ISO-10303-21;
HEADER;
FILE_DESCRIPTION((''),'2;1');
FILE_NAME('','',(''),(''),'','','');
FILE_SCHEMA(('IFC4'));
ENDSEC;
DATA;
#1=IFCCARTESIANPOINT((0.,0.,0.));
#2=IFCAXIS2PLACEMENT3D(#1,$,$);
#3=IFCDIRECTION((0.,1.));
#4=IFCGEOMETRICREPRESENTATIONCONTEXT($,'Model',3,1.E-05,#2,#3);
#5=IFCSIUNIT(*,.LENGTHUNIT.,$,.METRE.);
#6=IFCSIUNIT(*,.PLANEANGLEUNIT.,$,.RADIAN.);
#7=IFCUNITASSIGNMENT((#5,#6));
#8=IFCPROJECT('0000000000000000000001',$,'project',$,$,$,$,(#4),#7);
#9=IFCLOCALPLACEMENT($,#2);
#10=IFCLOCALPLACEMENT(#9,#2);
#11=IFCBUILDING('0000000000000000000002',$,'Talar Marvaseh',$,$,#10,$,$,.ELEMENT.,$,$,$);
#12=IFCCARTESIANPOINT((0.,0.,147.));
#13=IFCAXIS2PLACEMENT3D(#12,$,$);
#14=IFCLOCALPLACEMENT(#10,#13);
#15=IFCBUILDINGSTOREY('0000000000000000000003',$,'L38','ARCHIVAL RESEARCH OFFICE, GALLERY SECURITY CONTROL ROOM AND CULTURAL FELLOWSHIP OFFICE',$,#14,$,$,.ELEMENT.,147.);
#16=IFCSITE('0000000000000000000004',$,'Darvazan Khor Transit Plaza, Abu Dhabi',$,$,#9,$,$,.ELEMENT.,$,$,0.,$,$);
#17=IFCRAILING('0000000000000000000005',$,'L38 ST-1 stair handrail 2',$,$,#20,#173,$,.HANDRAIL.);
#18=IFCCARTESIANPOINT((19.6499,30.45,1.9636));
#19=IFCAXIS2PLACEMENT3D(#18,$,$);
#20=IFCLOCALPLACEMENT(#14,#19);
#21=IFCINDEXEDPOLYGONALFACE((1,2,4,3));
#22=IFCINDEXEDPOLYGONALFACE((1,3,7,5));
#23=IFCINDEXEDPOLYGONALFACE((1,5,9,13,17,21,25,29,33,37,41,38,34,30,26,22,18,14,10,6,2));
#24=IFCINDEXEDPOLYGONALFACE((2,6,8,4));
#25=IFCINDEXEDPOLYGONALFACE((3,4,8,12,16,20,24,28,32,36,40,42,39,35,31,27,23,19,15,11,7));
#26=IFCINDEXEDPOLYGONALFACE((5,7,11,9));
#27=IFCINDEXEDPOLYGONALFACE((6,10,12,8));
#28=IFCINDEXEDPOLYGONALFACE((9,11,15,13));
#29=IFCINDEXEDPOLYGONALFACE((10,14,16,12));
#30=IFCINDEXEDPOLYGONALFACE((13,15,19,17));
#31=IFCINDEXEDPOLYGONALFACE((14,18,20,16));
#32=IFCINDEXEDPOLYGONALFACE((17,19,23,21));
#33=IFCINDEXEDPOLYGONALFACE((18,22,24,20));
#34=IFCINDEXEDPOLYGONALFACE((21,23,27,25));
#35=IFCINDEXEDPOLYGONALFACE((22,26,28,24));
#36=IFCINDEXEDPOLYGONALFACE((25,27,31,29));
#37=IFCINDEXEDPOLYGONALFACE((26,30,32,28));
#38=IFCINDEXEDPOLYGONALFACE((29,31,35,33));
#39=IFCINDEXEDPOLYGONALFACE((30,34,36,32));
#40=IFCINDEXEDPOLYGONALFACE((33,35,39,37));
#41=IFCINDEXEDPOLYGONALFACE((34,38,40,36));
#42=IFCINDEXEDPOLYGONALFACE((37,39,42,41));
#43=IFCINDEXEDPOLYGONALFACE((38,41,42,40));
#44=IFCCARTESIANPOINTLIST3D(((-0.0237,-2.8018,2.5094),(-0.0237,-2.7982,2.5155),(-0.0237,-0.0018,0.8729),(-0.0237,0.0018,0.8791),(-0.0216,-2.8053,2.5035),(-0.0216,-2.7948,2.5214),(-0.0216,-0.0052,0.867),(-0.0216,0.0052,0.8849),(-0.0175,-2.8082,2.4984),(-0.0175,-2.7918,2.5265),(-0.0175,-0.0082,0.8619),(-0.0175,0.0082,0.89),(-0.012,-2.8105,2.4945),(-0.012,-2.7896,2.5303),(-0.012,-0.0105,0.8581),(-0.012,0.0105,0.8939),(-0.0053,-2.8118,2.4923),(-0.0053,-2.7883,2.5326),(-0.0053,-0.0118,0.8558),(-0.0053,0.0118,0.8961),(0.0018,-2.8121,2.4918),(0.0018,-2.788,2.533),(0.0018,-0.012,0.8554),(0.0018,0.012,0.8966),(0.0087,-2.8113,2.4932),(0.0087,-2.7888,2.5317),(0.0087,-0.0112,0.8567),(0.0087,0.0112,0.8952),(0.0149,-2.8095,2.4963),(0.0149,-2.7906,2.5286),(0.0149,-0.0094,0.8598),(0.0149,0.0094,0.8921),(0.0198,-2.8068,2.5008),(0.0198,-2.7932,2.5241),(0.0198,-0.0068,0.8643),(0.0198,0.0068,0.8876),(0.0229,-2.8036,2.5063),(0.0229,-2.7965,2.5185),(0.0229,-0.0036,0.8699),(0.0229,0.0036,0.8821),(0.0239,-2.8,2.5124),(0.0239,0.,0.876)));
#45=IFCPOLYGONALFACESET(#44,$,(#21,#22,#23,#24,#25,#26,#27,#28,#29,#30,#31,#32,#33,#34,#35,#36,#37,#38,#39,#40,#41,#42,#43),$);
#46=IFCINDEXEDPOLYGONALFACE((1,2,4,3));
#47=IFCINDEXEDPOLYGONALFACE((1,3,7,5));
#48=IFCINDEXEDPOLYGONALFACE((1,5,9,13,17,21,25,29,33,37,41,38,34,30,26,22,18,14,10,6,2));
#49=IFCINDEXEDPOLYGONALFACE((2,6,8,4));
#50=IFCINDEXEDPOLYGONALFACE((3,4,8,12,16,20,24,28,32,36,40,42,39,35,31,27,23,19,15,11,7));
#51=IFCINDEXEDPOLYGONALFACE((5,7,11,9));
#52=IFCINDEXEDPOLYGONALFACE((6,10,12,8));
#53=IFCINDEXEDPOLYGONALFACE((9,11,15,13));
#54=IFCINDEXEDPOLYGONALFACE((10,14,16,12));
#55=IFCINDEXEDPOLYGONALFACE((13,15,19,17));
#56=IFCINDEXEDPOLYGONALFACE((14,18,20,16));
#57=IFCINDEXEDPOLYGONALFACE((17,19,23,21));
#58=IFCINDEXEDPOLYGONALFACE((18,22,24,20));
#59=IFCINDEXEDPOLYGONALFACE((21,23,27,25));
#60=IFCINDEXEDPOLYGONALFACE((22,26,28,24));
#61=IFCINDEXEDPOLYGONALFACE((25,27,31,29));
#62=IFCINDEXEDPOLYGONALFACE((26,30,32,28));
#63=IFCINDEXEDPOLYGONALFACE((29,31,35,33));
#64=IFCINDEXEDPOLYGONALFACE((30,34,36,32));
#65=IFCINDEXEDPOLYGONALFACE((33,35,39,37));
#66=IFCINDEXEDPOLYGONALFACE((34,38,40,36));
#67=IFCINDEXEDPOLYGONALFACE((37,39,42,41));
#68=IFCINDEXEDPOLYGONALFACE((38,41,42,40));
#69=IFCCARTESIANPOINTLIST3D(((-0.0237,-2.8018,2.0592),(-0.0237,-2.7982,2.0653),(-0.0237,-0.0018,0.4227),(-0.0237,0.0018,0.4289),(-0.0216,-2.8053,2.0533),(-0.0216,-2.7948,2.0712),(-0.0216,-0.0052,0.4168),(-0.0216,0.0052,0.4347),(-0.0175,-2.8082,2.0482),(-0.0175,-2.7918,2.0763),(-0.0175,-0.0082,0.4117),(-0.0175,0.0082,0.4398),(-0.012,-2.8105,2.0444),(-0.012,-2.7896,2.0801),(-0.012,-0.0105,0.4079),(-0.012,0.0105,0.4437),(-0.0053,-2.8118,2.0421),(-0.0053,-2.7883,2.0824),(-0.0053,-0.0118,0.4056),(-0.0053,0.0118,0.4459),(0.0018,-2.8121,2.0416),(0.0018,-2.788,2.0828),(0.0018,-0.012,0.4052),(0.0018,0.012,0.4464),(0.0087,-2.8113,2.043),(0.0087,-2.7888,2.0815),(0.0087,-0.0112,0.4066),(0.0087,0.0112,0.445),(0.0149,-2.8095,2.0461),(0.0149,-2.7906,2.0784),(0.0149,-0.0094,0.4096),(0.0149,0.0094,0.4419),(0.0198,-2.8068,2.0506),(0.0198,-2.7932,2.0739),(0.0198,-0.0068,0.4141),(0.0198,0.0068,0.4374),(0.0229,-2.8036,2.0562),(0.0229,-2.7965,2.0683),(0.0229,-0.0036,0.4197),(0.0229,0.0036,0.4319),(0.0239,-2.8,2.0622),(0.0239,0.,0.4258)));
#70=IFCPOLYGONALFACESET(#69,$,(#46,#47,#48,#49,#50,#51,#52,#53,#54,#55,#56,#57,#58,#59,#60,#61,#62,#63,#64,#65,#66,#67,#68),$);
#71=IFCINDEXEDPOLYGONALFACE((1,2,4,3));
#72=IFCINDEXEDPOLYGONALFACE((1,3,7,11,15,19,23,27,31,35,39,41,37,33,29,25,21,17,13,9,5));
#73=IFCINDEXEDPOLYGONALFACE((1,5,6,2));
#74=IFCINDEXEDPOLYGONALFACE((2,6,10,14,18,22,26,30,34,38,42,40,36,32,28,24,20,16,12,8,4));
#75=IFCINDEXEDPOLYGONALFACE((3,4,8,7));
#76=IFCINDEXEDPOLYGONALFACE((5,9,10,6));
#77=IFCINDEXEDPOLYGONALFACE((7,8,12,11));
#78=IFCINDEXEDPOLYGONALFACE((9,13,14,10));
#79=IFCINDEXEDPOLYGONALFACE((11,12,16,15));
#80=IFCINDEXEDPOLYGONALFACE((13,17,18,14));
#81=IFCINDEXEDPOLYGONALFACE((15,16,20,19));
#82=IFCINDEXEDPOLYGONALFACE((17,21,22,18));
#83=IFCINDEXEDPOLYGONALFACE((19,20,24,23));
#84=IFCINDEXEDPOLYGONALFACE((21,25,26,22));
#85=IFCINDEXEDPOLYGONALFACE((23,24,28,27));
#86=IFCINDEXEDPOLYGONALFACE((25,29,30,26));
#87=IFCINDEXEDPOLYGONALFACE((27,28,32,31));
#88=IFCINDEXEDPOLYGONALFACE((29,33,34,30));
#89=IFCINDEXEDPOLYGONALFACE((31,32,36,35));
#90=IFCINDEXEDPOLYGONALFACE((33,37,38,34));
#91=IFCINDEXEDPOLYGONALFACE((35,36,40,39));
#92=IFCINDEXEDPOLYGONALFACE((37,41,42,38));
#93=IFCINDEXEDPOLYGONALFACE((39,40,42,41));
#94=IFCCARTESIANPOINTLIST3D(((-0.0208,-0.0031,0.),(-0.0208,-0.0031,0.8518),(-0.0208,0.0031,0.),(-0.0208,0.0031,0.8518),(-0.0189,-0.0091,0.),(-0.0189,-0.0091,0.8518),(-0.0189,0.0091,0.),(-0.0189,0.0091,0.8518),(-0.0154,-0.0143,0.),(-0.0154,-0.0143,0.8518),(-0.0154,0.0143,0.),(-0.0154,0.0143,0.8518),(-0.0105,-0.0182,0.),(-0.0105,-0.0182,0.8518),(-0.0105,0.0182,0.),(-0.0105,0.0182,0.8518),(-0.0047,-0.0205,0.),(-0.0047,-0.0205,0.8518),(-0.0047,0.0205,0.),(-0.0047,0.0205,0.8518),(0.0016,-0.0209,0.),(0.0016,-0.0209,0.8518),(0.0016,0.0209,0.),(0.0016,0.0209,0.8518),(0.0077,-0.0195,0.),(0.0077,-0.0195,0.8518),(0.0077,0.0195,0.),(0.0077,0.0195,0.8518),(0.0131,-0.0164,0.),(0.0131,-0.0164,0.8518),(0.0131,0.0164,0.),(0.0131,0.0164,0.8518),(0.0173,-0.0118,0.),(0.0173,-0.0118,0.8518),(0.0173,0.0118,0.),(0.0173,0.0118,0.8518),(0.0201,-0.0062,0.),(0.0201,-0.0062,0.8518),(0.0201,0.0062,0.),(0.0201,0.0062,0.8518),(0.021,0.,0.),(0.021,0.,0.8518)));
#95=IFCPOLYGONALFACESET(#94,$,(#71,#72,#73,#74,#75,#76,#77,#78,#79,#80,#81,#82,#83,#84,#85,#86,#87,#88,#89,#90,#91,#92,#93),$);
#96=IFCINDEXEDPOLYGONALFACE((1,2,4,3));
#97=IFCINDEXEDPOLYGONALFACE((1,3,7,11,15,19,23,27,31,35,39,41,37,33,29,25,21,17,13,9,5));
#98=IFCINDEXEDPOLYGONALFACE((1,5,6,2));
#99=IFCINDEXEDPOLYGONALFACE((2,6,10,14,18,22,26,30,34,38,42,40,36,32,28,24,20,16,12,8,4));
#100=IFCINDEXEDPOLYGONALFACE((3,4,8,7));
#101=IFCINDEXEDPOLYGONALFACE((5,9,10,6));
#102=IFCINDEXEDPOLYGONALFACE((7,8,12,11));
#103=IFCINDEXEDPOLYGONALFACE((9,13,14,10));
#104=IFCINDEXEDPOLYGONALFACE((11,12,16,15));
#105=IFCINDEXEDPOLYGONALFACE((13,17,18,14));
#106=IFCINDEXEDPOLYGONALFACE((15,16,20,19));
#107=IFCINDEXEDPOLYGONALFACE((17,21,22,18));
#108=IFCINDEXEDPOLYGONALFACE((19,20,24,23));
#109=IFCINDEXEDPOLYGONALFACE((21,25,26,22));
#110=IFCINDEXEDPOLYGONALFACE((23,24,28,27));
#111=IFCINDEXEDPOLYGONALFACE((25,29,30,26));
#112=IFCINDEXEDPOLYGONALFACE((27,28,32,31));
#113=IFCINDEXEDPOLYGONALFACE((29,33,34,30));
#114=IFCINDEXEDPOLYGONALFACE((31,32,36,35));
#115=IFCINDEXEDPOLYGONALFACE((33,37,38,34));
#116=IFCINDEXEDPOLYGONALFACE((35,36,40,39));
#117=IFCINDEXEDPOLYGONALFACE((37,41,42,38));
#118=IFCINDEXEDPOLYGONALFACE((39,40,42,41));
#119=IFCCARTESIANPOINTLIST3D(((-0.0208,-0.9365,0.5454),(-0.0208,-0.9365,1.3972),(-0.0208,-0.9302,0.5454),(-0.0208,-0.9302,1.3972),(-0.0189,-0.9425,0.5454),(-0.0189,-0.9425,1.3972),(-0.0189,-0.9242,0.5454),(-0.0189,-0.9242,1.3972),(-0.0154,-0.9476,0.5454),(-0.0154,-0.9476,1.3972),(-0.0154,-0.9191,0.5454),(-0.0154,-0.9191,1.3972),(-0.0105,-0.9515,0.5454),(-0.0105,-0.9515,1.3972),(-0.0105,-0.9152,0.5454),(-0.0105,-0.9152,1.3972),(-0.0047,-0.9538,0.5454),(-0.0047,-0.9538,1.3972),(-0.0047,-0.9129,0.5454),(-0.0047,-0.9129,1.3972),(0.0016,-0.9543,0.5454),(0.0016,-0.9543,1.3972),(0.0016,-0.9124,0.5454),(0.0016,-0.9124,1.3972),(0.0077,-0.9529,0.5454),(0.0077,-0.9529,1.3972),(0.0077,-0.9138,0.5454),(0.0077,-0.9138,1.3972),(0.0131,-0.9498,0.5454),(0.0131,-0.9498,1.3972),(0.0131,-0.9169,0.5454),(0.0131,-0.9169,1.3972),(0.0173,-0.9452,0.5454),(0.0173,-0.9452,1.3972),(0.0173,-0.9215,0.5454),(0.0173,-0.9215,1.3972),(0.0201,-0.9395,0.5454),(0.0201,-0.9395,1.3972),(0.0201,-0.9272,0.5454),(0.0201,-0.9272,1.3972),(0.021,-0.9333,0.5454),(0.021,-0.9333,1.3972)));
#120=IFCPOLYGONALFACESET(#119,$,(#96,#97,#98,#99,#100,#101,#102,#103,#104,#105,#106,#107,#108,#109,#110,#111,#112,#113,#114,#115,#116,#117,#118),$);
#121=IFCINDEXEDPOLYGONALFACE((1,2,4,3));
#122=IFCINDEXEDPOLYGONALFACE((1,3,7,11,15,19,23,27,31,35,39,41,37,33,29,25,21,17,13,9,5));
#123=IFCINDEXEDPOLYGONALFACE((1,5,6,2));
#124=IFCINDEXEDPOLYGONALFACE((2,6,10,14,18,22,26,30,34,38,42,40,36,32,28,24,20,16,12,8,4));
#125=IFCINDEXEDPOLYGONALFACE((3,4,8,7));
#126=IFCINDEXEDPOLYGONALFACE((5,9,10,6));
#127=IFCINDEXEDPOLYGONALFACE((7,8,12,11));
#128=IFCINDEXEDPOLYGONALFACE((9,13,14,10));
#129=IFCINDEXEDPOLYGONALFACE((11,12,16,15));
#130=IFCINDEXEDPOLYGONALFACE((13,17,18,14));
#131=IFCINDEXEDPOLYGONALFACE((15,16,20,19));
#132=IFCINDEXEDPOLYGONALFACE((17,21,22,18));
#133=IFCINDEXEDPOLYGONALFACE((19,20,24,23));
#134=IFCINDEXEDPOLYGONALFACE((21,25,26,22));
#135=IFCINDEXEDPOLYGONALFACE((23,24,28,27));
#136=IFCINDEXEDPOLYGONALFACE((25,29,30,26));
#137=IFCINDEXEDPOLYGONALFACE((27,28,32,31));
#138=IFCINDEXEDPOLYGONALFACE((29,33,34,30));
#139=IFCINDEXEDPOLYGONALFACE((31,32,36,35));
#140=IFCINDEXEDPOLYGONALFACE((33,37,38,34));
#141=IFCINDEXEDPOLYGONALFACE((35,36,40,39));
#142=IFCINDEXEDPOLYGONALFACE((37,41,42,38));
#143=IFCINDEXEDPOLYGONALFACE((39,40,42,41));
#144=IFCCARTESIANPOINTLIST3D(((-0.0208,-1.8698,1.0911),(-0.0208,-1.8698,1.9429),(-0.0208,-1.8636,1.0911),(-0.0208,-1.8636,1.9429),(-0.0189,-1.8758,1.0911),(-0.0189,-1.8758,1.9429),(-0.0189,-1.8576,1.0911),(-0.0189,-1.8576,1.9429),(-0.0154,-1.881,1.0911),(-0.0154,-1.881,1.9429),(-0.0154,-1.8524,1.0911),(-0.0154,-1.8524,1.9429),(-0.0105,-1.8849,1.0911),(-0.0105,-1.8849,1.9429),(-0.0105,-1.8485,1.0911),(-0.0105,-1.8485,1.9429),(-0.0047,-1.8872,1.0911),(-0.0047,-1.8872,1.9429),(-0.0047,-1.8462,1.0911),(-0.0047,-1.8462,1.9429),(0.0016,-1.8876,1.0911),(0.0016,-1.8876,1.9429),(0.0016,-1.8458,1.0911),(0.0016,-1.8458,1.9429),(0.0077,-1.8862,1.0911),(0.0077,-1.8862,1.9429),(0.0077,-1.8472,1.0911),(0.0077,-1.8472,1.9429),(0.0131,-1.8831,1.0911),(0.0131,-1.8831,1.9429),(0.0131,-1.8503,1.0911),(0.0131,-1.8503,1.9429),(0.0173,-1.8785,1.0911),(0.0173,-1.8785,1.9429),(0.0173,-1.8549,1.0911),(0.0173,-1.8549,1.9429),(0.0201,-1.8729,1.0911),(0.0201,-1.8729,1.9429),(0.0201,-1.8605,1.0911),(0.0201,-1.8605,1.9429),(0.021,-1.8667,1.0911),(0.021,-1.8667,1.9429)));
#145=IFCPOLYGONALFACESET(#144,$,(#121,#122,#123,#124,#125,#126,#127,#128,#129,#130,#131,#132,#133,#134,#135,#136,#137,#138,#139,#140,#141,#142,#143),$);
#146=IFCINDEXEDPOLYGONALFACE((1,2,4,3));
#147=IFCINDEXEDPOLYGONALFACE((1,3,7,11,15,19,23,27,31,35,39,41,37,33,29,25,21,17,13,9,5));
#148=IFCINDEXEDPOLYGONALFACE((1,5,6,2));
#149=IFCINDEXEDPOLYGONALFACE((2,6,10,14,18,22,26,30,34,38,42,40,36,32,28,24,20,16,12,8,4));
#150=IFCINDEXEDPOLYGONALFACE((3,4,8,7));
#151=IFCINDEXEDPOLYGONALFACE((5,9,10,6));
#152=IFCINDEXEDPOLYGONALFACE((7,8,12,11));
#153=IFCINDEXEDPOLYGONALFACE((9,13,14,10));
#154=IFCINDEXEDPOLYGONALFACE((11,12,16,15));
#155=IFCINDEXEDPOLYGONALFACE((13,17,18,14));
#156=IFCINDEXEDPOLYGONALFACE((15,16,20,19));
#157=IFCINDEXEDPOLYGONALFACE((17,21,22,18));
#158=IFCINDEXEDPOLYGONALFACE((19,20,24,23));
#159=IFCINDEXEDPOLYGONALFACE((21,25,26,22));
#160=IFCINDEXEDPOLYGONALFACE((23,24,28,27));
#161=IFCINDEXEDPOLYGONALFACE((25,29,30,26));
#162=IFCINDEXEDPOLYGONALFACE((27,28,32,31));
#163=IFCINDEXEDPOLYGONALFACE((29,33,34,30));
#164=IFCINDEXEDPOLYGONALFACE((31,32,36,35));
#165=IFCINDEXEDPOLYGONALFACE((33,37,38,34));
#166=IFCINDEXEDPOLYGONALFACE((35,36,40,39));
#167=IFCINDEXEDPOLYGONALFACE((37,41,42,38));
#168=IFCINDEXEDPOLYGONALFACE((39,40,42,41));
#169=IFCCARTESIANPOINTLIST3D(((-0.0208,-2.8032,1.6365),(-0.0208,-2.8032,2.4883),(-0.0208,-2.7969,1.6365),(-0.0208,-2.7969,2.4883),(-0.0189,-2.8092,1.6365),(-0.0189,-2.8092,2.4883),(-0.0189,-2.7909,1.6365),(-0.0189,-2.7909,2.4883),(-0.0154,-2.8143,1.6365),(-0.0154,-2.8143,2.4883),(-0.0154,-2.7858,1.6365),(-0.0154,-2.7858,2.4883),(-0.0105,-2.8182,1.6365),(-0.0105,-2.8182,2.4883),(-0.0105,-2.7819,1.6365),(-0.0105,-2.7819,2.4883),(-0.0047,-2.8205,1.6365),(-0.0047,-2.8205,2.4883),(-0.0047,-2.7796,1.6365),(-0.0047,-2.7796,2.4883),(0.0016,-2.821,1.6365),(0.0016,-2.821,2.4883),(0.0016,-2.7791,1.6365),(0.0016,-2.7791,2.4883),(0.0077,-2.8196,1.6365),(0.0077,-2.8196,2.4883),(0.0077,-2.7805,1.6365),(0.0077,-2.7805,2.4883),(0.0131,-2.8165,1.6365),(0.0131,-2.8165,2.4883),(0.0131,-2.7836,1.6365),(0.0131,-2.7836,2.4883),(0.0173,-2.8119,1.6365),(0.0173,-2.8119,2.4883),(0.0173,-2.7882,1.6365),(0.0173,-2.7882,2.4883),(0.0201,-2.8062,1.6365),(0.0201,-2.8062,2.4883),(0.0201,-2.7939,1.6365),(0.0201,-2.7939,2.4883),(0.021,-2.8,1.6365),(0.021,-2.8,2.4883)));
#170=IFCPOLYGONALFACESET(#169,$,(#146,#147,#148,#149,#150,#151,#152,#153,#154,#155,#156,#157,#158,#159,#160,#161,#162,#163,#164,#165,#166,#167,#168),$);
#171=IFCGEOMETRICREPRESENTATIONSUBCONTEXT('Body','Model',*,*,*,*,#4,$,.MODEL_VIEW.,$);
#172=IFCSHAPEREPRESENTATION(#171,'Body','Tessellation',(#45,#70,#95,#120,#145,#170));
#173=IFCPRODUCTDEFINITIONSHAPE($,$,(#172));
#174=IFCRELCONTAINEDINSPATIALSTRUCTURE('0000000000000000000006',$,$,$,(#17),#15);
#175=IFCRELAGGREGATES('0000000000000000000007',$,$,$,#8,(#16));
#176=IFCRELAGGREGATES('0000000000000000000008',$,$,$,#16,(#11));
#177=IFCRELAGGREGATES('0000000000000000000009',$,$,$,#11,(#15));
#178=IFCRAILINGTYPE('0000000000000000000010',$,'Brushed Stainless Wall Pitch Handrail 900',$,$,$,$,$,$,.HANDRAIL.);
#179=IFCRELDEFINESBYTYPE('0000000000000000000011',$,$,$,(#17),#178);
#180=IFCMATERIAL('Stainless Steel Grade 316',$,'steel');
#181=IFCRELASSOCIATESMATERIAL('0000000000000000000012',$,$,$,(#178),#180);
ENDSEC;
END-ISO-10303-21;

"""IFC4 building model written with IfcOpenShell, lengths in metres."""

from ifc_helpers import new_model, si_unit, direction, frame, origin, origin_2d, place, context, subcontext, project, spatial, circle, extrude, material, type_object, element, save


model = new_model("IFC4")

# Units and contexts
model_context = context("Model", 3, precision=1e-05, world=origin(), true_north=direction((0.0, 1.0)))
body_context = subcontext(model_context, "Body", "Model", "MODEL_VIEW")
ifc_project = project(units=[si_unit("LENGTHUNIT", "METRE"), si_unit("PLANEANGLEUNIT", "RADIAN")], contexts=[model_context])

# Site, building, storey
site_placement = place(None, origin())
site = spatial("IfcSite", under=ifc_project, at=site_placement, Name="Darvazan Khor Transit Plaza, Abu Dhabi", CompositionType="ELEMENT", RefElevation=0.0)
building_placement = place(site_placement, origin())
building = spatial("IfcBuilding", under=site, at=building_placement, Name="Talar Marvaseh", CompositionType="ELEMENT")
storey_placement = place(building_placement, frame((0.0, 0.0, 147.0)))
storey = spatial("IfcBuildingStorey", under=building, at=storey_placement, Name="L38", Description="ARCHIVAL RESEARCH OFFICE, GALLERY SECURITY CONTROL ROOM AND CULTURAL FELLOWSHIP OFFICE", CompositionType="ELEMENT", Elevation=147.0)

# Railing
ifc_material_1 = material(Name="Stainless Steel Grade 316", Category="steel")
railing_type_1 = type_object("IfcRailingType", Name="Brushed Stainless Wall Pitch Handrail 900", PredefinedType="HANDRAIL", material=ifc_material_1)
railing_1_placement = place(storey_placement, frame((19.6499, 30.45, 1.9636)))
element("IfcRailing", 1, at=railing_1_placement, inside=storey, type_object=railing_type_1, Name="L38 ST-1 stair handrail 2", PredefinedType="HANDRAIL", context=body_context, shape_type="SweptSolid", body=[
    extrude(circle(Radius=0.0239, at=origin_2d()), frame((0.0, 0.0, 0.876), z_axis=(0.0, -0.863361, 0.504587), x_axis=(1.0, 0.0, 0.0)), (0.0, 0.0, 1.0), 3.2432),
    extrude(circle(Radius=0.0239, at=origin_2d()), frame((0.0, 0.0, 0.4258), z_axis=(0.0, -0.863361, 0.504587), x_axis=(1.0, 0.0, 0.0)), (0.0, 0.0, 1.0), 3.2432),
    extrude(circle(Radius=0.021, at=origin_2d()), origin(), (0.0, 0.0, 1.0), 0.8518),
    extrude(circle(Radius=0.021, at=origin_2d()), frame((0.0, -0.9333, 0.5454)), (0.0, 0.0, 1.0), 0.8518),
    extrude(circle(Radius=0.021, at=origin_2d()), frame((0.0, -1.8667, 1.0911)), (0.0, 0.0, 1.0), 0.8518),
    extrude(circle(Radius=0.021, at=origin_2d()), frame((0.0, -2.8, 1.6365)), (0.0, 0.0, 1.0), 0.8518),
])

save(model, "model.ifc")
